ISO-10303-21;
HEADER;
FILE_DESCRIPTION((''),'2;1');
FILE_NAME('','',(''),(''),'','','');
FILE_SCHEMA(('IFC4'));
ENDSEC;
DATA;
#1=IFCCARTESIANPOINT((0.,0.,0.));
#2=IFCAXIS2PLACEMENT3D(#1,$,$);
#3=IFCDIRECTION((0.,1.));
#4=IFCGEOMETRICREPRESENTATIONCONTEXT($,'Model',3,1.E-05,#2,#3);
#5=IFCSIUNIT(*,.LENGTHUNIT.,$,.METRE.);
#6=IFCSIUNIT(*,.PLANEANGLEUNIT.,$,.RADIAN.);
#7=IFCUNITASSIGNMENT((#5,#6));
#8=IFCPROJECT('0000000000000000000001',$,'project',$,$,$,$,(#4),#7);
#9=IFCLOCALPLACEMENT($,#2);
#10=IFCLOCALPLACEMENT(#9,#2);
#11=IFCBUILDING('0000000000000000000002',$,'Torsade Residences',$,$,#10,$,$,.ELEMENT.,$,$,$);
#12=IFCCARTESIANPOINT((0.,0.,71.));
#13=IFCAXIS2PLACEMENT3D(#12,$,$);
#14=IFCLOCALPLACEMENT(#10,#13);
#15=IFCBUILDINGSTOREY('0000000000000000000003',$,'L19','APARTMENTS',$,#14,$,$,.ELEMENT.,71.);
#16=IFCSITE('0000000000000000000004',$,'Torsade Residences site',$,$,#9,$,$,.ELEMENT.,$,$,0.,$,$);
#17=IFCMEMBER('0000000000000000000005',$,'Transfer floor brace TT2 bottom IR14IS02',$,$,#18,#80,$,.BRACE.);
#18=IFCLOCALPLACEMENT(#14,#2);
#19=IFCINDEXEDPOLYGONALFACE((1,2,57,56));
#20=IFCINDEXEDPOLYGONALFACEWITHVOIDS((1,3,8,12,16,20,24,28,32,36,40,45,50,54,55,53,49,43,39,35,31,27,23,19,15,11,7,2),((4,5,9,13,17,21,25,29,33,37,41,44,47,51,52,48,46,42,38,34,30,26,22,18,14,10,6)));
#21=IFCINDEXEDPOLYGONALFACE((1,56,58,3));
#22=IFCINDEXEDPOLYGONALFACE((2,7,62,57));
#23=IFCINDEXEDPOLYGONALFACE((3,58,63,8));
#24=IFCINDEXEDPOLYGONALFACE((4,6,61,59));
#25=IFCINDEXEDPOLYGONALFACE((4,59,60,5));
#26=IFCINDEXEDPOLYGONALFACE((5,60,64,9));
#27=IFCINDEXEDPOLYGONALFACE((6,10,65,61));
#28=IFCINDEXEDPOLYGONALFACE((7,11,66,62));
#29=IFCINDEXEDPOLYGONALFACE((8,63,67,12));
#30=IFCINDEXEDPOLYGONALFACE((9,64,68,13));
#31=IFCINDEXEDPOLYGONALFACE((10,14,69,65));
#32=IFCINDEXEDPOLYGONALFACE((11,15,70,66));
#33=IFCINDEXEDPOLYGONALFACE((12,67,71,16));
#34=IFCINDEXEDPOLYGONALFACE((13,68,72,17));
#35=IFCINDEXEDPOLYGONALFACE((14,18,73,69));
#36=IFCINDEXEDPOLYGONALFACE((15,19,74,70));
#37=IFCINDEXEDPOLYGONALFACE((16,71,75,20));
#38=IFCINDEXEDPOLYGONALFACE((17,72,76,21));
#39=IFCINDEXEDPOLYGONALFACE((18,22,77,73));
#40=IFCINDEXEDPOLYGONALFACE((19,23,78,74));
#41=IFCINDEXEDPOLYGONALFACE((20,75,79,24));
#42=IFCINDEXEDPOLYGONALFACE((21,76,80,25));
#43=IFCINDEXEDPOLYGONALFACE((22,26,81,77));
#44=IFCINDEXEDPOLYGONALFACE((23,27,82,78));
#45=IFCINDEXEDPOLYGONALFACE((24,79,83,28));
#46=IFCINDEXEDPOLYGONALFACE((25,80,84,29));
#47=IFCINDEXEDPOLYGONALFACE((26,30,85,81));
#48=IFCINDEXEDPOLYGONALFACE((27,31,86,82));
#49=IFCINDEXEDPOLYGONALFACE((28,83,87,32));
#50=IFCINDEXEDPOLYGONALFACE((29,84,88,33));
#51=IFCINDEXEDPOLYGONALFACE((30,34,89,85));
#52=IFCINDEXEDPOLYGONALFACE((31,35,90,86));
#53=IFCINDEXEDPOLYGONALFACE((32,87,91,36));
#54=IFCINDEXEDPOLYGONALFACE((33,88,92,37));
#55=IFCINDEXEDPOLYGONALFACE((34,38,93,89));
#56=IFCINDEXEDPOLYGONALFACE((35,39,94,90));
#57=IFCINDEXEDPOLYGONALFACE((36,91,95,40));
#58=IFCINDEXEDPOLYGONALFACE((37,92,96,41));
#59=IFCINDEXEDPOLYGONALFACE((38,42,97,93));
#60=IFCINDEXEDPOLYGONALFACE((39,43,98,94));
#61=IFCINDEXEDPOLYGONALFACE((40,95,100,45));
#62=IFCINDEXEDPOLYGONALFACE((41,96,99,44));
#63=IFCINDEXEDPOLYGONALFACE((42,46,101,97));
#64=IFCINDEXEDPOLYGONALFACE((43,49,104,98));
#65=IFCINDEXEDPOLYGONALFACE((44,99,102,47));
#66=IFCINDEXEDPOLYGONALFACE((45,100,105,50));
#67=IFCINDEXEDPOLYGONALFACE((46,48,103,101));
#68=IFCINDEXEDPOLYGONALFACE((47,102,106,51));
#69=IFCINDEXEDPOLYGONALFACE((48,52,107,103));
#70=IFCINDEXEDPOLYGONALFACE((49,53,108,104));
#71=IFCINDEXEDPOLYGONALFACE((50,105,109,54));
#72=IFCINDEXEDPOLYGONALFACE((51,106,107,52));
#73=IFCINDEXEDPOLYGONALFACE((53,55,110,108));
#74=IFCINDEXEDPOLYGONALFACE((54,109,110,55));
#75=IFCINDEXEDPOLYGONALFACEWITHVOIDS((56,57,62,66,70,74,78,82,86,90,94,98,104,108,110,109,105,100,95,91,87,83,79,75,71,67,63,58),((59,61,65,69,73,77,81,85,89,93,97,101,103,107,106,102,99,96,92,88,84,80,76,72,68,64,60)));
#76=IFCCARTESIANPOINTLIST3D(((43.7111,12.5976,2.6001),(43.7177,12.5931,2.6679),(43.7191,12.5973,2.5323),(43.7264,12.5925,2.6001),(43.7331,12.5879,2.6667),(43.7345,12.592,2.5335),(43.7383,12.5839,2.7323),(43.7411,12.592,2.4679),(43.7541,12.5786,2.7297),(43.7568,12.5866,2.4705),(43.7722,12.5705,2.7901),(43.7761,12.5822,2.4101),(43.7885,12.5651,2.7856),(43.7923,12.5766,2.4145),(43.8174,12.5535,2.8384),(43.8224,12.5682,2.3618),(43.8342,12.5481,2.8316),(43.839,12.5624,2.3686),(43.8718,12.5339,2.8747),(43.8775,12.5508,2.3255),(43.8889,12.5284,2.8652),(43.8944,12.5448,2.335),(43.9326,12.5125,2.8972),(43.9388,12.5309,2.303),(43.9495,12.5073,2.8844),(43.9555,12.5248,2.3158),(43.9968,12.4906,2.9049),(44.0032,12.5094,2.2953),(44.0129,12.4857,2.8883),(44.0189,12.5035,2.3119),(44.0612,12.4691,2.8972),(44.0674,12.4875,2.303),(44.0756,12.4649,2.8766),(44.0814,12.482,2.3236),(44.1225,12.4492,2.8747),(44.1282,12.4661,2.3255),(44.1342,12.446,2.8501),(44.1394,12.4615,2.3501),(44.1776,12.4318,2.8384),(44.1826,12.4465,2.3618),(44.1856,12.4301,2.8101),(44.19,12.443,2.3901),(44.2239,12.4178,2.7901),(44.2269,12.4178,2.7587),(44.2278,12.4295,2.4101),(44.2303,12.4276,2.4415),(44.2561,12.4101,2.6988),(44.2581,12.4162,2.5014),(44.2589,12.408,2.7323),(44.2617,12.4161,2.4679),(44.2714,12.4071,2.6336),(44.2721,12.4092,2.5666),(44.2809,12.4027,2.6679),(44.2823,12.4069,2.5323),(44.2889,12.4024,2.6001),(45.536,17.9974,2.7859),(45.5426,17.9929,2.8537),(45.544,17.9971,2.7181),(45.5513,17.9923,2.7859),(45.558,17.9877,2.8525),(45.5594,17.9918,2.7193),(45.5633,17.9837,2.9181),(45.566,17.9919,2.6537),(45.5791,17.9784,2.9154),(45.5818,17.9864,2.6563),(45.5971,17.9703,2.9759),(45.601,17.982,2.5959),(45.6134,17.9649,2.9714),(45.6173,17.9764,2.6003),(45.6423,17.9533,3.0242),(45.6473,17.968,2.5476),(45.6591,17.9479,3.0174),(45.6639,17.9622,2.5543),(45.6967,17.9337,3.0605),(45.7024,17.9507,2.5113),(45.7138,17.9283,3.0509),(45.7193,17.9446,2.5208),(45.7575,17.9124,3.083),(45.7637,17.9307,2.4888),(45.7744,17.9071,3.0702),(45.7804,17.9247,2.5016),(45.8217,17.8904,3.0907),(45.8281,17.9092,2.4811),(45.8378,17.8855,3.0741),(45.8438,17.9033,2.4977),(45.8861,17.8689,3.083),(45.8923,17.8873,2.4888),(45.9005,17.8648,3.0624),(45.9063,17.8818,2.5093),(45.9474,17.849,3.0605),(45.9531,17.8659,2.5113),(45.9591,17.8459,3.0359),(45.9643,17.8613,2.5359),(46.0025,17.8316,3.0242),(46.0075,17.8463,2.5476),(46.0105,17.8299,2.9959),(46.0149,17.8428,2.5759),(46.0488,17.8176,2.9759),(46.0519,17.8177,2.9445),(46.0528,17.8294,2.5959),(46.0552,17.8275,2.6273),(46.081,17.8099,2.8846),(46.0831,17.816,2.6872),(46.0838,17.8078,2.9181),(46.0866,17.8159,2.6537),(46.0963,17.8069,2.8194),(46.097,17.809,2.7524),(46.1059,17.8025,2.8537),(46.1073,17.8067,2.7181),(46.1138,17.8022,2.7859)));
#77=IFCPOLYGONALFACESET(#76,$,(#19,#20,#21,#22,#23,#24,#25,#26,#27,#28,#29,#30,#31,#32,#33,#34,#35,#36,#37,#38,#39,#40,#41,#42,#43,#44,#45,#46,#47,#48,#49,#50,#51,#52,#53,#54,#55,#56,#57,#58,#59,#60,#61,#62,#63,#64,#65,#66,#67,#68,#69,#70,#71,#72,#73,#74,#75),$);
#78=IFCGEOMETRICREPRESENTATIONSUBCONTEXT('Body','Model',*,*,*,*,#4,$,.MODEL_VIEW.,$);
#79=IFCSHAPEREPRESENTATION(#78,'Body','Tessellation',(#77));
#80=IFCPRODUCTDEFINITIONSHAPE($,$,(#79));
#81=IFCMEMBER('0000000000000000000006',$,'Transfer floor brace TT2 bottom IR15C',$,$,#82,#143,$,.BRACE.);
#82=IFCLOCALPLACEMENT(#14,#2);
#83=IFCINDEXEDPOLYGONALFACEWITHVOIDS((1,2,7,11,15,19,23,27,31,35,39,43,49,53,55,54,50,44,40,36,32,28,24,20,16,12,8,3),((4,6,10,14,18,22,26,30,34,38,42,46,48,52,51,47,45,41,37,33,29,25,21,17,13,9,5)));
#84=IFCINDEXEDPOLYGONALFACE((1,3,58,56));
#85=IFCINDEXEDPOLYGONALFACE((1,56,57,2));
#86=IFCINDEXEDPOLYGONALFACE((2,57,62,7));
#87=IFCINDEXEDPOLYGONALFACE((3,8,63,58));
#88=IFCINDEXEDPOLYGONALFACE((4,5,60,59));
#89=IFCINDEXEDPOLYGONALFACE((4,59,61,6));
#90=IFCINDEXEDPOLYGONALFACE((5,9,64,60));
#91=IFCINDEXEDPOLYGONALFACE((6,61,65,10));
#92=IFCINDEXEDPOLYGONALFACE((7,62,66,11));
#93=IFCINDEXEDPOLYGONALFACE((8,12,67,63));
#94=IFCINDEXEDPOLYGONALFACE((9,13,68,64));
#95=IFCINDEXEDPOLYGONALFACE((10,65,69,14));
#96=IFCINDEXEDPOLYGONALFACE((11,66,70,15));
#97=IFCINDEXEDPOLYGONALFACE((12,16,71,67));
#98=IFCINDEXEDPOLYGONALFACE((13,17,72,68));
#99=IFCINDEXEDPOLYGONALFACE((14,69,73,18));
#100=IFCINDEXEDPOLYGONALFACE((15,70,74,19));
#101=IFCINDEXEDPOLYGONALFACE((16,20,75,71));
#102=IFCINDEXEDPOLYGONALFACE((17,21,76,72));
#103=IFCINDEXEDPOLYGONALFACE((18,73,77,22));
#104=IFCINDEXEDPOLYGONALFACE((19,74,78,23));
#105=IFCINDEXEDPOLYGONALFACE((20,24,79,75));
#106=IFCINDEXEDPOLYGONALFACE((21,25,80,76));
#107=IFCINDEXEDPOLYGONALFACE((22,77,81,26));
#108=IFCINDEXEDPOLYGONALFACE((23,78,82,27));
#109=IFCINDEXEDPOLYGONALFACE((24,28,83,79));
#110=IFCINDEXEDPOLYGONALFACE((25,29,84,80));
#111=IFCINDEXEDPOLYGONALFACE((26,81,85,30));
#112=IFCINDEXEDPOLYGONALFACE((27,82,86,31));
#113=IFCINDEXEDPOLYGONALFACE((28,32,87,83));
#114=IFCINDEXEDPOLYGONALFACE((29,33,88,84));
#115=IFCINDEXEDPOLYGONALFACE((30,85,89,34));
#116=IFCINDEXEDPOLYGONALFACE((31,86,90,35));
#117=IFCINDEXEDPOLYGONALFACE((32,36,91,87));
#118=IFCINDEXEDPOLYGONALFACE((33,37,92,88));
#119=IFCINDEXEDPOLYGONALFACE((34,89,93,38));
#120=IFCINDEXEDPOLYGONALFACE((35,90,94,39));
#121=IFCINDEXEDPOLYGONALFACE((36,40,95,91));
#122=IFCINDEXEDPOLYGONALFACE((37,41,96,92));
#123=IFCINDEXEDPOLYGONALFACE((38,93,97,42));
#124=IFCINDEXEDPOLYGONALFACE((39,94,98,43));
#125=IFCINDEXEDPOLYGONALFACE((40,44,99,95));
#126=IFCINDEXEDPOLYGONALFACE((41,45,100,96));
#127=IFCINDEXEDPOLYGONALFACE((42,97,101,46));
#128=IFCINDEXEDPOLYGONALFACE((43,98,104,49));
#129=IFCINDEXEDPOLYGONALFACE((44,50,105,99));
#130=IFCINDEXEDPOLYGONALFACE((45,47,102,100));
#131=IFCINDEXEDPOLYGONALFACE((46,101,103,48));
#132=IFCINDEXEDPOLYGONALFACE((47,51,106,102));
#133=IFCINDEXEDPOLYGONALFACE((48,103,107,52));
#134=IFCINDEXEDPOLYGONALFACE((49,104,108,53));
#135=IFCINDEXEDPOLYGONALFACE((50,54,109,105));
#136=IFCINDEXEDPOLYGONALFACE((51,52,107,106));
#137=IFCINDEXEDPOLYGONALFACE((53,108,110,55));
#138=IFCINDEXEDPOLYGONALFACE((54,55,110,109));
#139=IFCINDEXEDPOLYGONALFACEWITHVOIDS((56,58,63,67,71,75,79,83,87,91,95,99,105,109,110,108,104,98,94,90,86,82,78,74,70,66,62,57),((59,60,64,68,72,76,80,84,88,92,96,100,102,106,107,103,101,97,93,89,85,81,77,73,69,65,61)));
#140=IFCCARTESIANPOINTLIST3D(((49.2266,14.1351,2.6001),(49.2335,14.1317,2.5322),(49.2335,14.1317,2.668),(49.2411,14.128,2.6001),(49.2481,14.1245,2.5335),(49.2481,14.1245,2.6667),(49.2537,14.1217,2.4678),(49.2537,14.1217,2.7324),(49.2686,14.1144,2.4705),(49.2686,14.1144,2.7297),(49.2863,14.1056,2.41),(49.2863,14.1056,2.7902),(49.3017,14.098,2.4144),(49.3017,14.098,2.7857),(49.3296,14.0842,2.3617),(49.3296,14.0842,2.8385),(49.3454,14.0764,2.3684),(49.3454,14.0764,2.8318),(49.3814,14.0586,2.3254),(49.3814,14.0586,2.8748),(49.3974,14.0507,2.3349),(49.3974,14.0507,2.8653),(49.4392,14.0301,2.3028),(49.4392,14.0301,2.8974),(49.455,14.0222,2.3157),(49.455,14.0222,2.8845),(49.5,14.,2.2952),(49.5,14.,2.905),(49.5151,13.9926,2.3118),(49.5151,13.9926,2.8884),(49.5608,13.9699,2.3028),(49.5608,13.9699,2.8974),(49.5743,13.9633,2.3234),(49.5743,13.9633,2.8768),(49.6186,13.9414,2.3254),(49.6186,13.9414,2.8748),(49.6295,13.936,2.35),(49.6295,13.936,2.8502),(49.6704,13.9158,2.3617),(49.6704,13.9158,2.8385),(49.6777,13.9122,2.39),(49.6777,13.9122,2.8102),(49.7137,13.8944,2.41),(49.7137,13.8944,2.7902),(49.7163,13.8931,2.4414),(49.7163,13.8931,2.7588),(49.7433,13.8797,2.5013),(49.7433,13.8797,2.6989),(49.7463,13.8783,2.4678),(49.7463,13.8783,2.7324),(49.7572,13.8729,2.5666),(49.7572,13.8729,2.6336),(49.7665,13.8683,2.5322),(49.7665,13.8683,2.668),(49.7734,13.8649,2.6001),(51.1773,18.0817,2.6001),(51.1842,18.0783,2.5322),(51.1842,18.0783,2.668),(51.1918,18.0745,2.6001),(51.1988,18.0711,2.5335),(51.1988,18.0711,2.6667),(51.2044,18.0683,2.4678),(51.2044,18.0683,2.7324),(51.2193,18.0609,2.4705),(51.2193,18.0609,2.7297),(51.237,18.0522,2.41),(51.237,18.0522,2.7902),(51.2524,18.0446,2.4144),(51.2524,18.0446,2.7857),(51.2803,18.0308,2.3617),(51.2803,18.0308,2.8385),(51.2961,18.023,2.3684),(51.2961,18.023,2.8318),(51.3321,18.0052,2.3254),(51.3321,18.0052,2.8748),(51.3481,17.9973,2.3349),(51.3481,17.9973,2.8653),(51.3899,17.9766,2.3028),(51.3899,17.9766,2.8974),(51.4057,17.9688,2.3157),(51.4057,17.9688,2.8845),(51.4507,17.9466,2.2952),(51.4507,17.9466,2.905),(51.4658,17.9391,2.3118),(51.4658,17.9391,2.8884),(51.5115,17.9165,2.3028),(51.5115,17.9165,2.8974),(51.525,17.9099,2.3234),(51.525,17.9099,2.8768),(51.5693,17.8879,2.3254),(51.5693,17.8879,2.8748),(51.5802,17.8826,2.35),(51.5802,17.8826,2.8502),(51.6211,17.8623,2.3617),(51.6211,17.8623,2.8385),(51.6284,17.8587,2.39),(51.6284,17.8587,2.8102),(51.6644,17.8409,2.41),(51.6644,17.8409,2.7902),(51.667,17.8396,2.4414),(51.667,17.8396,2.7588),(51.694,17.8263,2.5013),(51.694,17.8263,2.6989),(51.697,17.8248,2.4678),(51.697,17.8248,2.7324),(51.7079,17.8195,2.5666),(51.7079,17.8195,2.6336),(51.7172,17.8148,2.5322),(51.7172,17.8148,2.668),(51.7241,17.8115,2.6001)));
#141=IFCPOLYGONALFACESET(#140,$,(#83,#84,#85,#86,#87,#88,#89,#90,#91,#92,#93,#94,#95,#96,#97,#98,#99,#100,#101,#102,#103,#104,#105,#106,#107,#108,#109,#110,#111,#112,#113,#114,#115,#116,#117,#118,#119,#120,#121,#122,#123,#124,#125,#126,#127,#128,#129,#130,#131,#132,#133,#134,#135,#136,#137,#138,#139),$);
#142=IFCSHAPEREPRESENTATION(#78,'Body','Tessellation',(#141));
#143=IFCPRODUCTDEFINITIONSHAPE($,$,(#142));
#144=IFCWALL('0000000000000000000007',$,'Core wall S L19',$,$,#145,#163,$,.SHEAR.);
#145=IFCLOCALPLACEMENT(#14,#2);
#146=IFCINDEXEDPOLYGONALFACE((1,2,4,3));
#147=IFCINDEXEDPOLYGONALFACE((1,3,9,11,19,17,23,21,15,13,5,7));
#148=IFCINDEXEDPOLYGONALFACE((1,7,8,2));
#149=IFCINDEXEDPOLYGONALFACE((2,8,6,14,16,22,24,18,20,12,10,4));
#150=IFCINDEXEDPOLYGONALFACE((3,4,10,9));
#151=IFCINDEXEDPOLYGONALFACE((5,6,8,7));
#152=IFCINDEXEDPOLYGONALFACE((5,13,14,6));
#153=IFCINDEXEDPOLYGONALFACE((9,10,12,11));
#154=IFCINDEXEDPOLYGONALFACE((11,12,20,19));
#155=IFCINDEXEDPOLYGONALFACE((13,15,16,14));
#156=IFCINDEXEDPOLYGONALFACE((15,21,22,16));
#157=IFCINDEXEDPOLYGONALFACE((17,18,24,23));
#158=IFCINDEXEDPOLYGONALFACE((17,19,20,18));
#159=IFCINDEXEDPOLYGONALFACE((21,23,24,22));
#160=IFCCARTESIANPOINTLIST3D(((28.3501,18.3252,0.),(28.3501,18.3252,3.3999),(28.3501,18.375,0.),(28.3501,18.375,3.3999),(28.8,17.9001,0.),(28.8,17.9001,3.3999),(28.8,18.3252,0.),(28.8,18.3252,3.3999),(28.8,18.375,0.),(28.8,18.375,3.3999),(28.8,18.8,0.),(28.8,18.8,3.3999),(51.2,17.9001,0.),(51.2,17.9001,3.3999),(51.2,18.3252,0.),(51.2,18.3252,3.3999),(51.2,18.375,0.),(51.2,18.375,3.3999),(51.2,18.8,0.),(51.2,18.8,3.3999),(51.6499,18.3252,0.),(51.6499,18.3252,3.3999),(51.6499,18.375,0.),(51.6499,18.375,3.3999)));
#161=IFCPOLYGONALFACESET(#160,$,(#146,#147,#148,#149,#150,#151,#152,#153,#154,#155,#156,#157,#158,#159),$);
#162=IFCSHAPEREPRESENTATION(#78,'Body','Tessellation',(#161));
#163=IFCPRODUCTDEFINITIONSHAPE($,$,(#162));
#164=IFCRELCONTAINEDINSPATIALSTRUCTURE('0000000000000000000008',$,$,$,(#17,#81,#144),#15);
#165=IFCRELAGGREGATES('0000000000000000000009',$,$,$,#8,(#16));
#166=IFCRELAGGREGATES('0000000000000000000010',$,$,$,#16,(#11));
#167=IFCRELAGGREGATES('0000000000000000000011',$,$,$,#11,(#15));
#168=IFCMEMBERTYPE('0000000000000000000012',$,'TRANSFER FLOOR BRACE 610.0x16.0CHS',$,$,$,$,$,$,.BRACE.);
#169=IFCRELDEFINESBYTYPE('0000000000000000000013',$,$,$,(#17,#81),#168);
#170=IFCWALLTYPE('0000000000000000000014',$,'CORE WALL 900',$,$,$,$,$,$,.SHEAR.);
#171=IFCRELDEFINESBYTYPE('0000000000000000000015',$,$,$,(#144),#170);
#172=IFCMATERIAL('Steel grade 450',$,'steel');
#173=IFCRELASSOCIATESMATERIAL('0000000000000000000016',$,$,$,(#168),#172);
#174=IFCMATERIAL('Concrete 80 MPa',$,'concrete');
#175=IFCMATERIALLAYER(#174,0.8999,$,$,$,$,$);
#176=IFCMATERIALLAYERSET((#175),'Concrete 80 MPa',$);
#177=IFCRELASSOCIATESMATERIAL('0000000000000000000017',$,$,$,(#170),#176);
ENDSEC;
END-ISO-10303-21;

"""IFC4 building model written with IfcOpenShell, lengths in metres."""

from ifc_helpers import new_model, si_unit, direction, frame, origin, origin_2d, place, context, subcontext, project, spatial, polyline, hollow_circle, outline, extrude, material, layer, layer_set, material_profile, profile_set, type_object, element, save


model = new_model("IFC4")

# Units and contexts
model_context = context("Model", 3, precision=1e-05, world=origin(), true_north=direction((0.0, 1.0)))
body_context = subcontext(model_context, "Body", "Model", "MODEL_VIEW")
ifc_project = project(units=[si_unit("LENGTHUNIT", "METRE"), si_unit("PLANEANGLEUNIT", "RADIAN")], contexts=[model_context])

# Site, building, storey
site_placement = place(None, origin())
site = spatial("IfcSite", under=ifc_project, at=site_placement, Name="Torsade Residences site", CompositionType="ELEMENT", RefElevation=0.0)
building_placement = place(site_placement, origin())
building = spatial("IfcBuilding", under=site, at=building_placement, Name="Torsade Residences", CompositionType="ELEMENT")
storey_placement = place(building_placement, frame((0.0, 0.0, 71.0)))
storey = spatial("IfcBuildingStorey", under=building, at=storey_placement, Name="L19", Description="APARTMENTS", CompositionType="ELEMENT", Elevation=71.0)

# Members
ifc_material_1 = material(Name="Steel grade 450", Category="steel")
ifc_material_profile_1 = material_profile(ifc_material_1, hollow_circle(Radius=0.3049, WallThickness=0.0161, at=origin_2d()), Name="610.0x16.0CHS")
ifc_profile_set_1 = profile_set([ifc_material_profile_1], Name="Steel grade 450")
member_type = type_object("IfcMemberType", Name="TRANSFER FLOOR BRACE 610.0x16.0CHS", PredefinedType="BRACE", material=ifc_profile_set_1)
member_1_placement = place(storey_placement, frame((44.0, 12.5, 2.6001), z_axis=(0.32, 0.946857, 0.032578), x_axis=(-0.94736, 0.32017, 0.0)))
element("IfcMember", 1, at=member_1_placement, inside=storey, type_object=member_type, Name="Transfer floor brace TT2 bottom IR14IS02", PredefinedType="BRACE", context=body_context, shape_type="SweptSolid", body=[
    extrude(hollow_circle(Radius=0.3049, WallThickness=0.0161, at=origin_2d()), origin(), (0.0, 0.0, 1.0), 5.7029),
])
member_2_placement = place(storey_placement, frame((49.5, 14.0, 2.6001), z_axis=(0.443105, 0.89647, 0.0), x_axis=(-0.89647, 0.443105, 0.0)))
element("IfcMember", 2, at=member_2_placement, inside=storey, type_object=member_type, Name="Transfer floor brace TT2 bottom IR15C", PredefinedType="BRACE", context=body_context, shape_type="SweptSolid", body=[
    extrude(hollow_circle(Radius=0.3049, WallThickness=0.0161, at=origin_2d()), origin(), (0.0, 0.0, 1.0), 4.4023),
])

# Wall
ifc_material_2 = material(Name="Concrete 80 MPa", Category="concrete")
ifc_layer_1 = layer(ifc_material_2, 0.8999)
ifc_layer_set_1 = layer_set([ifc_layer_1], Name="Concrete 80 MPa")
wall_type_1 = type_object("IfcWallType", Name="CORE WALL 900", PredefinedType="SHEAR", material=ifc_layer_set_1)
wall_1_placement = place(storey_placement, frame((51.2, 18.3501, 0.0), z_axis=(0.0, 0.0, 1.0), x_axis=(-1.0, 0.0, 0.0)))
element("IfcWall", 3, at=wall_1_placement, inside=storey, type_object=wall_type_1, Name="Core wall S L19", PredefinedType="SHEAR", context=body_context, shape_type="SweptSolid", body=[
    extrude(outline(polyline([(0.0, -0.45), (22.3999, -0.45), (22.3999, -0.0249), (22.8499, -0.0249), (22.8499, 0.0249), (22.3999, 0.0249), (22.3999, 0.45), (0.0, 0.45), (0.0, 0.0249), (-0.45, 0.0249), (-0.45, -0.0249), (0.0, -0.0249), (0.0, -0.45)])), origin(), (0.0, 0.0, 1.0), 3.3999),
])

save(model, "model.ifc")
